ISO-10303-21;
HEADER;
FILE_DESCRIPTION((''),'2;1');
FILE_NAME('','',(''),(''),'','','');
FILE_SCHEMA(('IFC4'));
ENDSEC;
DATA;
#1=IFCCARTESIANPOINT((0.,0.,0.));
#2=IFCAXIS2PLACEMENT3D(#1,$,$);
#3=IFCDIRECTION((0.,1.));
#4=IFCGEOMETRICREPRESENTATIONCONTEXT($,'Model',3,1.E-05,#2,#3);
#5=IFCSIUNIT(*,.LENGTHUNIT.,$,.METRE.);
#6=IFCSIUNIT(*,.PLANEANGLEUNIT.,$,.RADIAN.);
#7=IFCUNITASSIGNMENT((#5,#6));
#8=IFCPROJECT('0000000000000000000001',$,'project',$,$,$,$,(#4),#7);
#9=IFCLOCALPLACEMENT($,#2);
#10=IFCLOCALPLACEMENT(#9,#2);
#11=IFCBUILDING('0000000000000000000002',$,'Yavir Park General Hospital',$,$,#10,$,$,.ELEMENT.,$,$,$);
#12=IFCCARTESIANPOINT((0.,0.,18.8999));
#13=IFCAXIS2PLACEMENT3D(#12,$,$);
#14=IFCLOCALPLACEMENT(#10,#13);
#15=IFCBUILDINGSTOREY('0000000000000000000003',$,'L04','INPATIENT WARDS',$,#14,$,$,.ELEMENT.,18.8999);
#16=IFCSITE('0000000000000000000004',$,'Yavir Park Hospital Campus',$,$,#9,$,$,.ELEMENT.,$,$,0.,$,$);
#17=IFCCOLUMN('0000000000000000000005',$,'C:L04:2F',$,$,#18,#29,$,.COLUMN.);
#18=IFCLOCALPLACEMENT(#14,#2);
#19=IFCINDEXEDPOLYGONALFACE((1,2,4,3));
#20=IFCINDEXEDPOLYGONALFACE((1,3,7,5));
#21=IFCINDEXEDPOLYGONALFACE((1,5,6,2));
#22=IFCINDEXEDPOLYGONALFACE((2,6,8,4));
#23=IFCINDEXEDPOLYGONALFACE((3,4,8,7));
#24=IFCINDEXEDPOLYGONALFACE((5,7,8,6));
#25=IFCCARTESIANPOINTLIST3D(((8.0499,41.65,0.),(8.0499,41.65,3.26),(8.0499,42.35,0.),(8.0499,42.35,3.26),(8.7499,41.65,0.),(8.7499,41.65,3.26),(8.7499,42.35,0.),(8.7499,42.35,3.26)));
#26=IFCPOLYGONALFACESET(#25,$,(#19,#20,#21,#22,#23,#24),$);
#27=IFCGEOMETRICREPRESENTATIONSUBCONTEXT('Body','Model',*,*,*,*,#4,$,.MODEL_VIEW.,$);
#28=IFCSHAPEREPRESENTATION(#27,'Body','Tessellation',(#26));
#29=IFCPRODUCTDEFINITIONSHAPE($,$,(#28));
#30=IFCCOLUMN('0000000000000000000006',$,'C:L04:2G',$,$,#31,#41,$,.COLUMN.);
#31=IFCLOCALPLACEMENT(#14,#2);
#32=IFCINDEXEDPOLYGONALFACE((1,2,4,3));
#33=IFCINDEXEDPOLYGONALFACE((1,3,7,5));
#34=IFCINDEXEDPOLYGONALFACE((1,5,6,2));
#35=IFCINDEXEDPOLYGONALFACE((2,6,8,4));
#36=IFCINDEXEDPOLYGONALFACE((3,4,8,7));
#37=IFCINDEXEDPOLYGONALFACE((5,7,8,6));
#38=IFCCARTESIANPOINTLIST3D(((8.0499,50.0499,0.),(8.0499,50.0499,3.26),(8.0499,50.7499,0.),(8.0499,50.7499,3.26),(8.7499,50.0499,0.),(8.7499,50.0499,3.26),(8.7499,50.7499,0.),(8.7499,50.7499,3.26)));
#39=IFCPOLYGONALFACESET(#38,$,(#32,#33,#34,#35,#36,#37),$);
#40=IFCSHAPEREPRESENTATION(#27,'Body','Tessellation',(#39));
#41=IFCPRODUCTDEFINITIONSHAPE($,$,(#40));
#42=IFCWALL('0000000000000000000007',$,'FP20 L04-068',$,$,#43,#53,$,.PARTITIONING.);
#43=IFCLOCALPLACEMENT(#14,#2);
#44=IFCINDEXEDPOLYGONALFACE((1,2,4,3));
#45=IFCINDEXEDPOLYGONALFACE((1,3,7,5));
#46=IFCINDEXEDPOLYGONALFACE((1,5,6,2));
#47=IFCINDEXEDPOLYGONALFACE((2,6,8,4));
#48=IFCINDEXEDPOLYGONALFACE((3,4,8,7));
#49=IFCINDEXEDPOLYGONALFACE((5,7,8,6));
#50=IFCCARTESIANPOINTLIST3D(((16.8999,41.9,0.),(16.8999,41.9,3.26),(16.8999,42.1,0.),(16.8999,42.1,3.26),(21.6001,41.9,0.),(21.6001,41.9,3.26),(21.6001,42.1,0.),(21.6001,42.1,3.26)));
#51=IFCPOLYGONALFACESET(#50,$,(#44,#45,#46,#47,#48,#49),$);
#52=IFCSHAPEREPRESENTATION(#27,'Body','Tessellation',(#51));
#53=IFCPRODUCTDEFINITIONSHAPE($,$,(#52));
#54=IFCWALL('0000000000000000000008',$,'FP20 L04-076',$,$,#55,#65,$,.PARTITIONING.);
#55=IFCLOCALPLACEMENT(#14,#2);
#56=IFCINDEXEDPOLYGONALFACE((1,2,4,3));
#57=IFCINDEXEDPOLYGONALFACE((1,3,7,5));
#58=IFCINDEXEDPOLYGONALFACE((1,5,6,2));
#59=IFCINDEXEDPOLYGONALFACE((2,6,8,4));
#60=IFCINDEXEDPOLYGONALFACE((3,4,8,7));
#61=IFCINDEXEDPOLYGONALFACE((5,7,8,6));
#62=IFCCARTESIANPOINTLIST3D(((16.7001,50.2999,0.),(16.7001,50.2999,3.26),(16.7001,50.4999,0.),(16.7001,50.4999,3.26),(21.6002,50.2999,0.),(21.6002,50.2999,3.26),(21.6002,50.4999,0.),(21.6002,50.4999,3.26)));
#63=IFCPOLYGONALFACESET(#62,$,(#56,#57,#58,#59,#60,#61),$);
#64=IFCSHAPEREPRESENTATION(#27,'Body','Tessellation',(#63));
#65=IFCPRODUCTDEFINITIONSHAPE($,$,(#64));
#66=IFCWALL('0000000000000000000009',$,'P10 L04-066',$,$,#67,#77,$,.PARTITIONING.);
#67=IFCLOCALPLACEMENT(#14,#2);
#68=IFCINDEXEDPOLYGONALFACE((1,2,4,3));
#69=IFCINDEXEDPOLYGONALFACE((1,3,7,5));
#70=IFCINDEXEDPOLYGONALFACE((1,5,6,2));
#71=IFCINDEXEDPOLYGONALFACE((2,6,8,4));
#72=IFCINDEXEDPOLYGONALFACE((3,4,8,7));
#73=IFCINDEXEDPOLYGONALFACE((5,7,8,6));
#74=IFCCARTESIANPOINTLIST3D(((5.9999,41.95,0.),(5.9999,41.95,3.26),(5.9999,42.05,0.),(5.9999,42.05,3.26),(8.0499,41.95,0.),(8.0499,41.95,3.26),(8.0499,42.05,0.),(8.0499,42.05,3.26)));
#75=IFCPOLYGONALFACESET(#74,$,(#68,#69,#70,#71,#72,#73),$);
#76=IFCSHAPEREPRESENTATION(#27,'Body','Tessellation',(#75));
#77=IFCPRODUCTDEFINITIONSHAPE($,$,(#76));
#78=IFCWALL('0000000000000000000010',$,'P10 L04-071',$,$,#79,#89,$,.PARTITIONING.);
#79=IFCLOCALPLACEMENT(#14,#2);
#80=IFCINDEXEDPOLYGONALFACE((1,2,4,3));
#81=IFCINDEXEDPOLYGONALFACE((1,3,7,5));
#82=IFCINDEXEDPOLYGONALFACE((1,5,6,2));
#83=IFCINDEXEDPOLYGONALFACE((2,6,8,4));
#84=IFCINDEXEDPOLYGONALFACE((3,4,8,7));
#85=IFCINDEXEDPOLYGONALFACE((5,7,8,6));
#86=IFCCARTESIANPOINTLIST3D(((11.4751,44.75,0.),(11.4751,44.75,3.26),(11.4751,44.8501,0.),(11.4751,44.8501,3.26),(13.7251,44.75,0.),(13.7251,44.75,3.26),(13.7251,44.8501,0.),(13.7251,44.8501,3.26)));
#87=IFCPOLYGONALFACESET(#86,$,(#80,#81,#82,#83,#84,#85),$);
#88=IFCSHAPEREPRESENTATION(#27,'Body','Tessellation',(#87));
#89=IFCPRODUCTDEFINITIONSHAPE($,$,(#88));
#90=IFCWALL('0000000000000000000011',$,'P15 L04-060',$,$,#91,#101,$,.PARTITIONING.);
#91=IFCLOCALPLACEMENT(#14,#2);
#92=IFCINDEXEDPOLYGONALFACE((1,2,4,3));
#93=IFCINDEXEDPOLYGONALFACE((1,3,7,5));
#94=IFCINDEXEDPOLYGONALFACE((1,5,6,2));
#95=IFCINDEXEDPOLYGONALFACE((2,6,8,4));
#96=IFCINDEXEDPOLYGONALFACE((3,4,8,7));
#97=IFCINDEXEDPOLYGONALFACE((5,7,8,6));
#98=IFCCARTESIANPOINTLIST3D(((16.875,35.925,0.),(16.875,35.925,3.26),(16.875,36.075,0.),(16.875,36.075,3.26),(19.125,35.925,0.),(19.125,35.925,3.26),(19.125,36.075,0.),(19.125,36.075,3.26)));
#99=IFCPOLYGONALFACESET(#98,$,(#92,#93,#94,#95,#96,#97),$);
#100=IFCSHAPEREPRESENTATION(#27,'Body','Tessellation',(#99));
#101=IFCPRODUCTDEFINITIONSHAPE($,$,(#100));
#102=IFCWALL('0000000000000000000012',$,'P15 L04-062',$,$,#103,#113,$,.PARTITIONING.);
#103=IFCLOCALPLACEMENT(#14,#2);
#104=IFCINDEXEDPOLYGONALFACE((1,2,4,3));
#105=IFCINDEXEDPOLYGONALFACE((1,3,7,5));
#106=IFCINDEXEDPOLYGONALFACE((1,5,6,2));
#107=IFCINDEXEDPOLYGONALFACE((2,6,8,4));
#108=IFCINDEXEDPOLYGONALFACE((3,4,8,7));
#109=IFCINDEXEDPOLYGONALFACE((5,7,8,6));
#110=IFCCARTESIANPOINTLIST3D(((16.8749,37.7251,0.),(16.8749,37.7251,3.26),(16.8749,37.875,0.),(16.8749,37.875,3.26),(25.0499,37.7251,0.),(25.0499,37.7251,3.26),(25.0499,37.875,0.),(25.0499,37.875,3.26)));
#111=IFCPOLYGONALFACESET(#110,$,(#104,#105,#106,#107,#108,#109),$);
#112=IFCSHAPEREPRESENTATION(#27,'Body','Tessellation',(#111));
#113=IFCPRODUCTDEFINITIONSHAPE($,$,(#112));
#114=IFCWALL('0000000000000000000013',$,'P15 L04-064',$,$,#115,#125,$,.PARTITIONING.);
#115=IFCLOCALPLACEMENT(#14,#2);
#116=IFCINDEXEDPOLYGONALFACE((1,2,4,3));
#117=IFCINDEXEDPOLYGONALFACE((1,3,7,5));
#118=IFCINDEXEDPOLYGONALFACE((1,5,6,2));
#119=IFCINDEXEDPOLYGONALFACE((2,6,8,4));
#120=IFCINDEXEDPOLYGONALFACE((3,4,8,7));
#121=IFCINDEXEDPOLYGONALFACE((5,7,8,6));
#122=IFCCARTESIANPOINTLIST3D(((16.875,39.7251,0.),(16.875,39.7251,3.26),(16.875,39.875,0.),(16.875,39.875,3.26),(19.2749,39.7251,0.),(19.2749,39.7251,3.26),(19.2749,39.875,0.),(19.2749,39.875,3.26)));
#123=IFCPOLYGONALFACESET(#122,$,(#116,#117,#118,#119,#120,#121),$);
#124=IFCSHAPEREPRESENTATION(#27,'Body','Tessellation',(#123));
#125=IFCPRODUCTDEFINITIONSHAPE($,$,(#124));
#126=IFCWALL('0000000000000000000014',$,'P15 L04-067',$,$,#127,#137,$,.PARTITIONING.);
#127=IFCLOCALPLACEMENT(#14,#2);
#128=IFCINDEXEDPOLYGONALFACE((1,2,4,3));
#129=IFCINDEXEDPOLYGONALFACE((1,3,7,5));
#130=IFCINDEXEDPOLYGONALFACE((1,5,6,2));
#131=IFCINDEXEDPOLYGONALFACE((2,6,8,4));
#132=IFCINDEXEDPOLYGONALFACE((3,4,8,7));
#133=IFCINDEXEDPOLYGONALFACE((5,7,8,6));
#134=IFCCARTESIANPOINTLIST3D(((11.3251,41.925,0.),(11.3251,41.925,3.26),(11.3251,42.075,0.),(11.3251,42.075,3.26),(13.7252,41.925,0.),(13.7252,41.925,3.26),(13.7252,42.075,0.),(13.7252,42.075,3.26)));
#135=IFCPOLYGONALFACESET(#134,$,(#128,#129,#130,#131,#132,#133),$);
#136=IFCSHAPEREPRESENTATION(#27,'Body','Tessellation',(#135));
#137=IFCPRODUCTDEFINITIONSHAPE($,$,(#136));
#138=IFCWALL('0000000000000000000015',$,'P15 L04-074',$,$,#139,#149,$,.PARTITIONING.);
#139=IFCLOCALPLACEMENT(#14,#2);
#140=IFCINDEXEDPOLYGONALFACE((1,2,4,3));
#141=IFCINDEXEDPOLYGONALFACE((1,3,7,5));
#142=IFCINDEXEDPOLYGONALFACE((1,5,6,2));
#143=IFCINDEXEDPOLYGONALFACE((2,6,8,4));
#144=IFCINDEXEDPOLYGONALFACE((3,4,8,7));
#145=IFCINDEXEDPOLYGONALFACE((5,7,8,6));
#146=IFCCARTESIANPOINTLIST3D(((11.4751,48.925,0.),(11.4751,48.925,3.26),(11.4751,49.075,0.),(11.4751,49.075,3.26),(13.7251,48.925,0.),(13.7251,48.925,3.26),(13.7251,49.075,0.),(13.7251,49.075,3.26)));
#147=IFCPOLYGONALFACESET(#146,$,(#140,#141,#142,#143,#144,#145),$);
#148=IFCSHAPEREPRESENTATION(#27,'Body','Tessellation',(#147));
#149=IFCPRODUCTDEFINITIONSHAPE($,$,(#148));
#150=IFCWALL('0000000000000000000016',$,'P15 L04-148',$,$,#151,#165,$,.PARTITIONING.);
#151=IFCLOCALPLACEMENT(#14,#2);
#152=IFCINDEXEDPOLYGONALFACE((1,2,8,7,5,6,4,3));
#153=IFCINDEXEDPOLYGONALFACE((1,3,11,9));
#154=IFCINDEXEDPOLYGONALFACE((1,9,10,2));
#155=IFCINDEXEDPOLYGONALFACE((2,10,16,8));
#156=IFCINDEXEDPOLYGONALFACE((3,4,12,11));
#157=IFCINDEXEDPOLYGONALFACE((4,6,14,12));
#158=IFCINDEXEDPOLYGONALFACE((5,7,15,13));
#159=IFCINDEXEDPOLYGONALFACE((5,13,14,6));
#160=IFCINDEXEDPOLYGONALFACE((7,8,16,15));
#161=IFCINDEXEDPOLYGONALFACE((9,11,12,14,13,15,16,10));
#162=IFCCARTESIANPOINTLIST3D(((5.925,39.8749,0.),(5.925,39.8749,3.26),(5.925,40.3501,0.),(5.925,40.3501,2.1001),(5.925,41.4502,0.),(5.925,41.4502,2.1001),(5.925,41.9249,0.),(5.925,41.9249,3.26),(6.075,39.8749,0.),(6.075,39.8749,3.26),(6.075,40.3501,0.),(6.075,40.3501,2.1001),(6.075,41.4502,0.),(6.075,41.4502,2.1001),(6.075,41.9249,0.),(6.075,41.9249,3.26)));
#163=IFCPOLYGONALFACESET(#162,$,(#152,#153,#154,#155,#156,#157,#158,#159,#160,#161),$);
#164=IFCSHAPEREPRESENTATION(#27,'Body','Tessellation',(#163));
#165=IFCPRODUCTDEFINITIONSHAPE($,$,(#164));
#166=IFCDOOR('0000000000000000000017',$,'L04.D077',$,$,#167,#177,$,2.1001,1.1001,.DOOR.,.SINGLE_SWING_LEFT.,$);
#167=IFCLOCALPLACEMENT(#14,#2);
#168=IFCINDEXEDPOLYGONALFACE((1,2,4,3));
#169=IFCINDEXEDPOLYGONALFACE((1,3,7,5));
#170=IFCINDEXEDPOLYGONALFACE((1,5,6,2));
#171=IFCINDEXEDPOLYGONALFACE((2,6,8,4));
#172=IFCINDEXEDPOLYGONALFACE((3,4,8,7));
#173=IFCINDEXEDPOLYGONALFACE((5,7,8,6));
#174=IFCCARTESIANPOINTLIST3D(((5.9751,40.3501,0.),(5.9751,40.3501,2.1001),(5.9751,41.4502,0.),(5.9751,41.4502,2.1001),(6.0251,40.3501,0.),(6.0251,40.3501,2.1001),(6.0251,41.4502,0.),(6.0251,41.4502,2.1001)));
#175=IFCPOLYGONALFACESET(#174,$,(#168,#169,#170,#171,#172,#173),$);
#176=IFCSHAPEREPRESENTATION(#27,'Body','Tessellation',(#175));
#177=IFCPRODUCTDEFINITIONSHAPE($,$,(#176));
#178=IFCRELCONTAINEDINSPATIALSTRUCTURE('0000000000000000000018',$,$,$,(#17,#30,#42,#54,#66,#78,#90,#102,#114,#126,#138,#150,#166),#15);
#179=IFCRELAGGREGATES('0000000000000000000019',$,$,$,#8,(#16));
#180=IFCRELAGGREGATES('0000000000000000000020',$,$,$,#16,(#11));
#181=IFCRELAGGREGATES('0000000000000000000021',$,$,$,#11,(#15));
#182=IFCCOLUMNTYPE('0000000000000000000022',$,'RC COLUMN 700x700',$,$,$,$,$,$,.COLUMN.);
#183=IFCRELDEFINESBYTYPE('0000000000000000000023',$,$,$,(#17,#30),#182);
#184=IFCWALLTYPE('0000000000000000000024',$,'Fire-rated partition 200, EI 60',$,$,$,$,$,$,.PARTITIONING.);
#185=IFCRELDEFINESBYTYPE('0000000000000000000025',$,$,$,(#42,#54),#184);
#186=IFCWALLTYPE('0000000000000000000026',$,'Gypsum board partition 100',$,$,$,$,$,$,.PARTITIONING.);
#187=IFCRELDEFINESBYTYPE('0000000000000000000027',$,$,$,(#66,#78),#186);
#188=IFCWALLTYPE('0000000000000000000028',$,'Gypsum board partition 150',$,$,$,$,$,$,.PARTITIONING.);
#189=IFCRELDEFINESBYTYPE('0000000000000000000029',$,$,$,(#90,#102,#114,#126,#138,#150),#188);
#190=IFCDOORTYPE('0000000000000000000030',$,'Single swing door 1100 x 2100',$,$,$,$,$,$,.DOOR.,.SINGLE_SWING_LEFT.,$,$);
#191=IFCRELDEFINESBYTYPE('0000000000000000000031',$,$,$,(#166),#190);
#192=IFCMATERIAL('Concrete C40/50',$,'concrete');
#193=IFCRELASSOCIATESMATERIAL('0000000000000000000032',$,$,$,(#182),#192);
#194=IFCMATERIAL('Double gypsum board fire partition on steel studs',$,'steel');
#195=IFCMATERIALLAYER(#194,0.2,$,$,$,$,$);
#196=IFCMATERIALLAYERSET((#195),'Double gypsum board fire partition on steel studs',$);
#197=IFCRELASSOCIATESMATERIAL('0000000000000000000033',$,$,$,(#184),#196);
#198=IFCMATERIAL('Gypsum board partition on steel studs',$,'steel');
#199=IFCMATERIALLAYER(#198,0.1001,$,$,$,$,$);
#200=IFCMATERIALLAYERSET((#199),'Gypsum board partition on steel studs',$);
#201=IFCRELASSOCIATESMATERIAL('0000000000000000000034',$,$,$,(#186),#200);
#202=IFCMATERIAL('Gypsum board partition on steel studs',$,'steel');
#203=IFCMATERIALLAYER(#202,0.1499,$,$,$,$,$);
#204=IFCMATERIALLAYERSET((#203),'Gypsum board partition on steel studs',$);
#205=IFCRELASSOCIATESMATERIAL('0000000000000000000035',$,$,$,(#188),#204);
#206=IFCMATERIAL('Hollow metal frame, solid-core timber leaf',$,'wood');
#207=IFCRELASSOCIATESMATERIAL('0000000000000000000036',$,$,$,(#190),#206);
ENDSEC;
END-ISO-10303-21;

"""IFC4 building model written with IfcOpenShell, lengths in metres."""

from ifc_helpers import new_model, si_unit, direction, frame, frame_2d, origin, origin_2d, place, context, subcontext, project, spatial, rectangle, extrude, material, layer, layer_set, material_profile, profile_set, type_object, element, fill, save


model = new_model("IFC4")

# Units and contexts
model_context = context("Model", 3, precision=1e-05, world=origin(), true_north=direction((0.0, 1.0)))
body_context = subcontext(model_context, "Body", "Model", "MODEL_VIEW")
ifc_project = project(units=[si_unit("LENGTHUNIT", "METRE"), si_unit("PLANEANGLEUNIT", "RADIAN")], contexts=[model_context])

# Site, building, storey
site_placement = place(None, origin())
site = spatial("IfcSite", under=ifc_project, at=site_placement, Name="Yavir Park Hospital Campus", CompositionType="ELEMENT", RefElevation=0.0)
building_placement = place(site_placement, origin())
building = spatial("IfcBuilding", under=site, at=building_placement, Name="Yavir Park General Hospital", CompositionType="ELEMENT")
storey_placement = place(building_placement, frame((0.0, 0.0, 18.8999)))
storey = spatial("IfcBuildingStorey", under=building, at=storey_placement, Name="L04", Description="INPATIENT WARDS", CompositionType="ELEMENT", Elevation=18.8999)

# Columns
ifc_material_1 = material(Name="Concrete C40/50", Category="concrete")
ifc_material_profile = material_profile(ifc_material_1, rectangle(XDim=0.7, YDim=0.7, at=origin_2d()), Name="RC700x700")
ifc_profile_set = profile_set([ifc_material_profile], Name="Concrete C40/50")
column_type = type_object("IfcColumnType", Name="RC COLUMN 700x700", PredefinedType="COLUMN", material=ifc_profile_set)
for number, where, z_axis, x_axis, name in (
    (1, (8.3999, 42.0, 0.0), (0.0, 0.0, 1.0), (1.0, 0.0, 0.0), "C:L04:2F"),
    (2, (8.3999, 50.3999, 0.0), (0.0, 0.0, 1.0), (1.0, 0.0, 0.0), "C:L04:2G"),
):
    element("IfcColumn", number, at=place(storey_placement, frame(where, z_axis=z_axis, x_axis=x_axis)), inside=storey, type_object=column_type, Name=name, PredefinedType="COLUMN", context=body_context, shape_type="SweptSolid", body=[
        extrude(rectangle(XDim=0.7, YDim=0.7, at=origin_2d()), origin(), (0.0, 0.0, 1.0), 3.26),
    ])

# Walls
ifc_material_2 = material(Name="Double gypsum board fire partition on steel studs", Category="steel")
ifc_layer_1 = layer(ifc_material_2, 0.2)
ifc_layer_set_1 = layer_set([ifc_layer_1], Name="Double gypsum board fire partition on steel studs")
wall_type_1 = type_object("IfcWallType", Name="Fire-rated partition 200, EI 60", PredefinedType="PARTITIONING", material=ifc_layer_set_1)
wall_1_placement = place(storey_placement, frame((16.8999, 42.0, 0.0), z_axis=(0.0, 0.0, 1.0), x_axis=(1.0, 0.0, 0.0)))
element("IfcWall", 3, at=wall_1_placement, inside=storey, type_object=wall_type_1, Name="FP20 L04-068", PredefinedType="PARTITIONING", context=body_context, shape_type="SweptSolid", body=[
    extrude(rectangle(XDim=4.7002, YDim=0.2, at=frame_2d((2.3501, 0.0))), origin(), (0.0, 0.0, 1.0), 3.26),
])
wall_2_placement = place(storey_placement, frame((16.7, 50.3999, 0.0), z_axis=(0.0, 0.0, 1.0), x_axis=(1.0, 0.0, 0.0)))
element("IfcWall", 4, at=wall_2_placement, inside=storey, type_object=wall_type_1, Name="FP20 L04-076", PredefinedType="PARTITIONING", context=body_context, shape_type="SweptSolid", body=[
    extrude(rectangle(XDim=4.9001, YDim=0.2, at=frame_2d((2.4502, 0.0))), origin(), (0.0, 0.0, 1.0), 3.26),
])

# Walls
ifc_material_3 = material(Name="Gypsum board partition on steel studs", Category="steel")
ifc_layer_2 = layer(ifc_material_3, 0.1001)
ifc_layer_set_2 = layer_set([ifc_layer_2], Name="Gypsum board partition on steel studs")
wall_type_2 = type_object("IfcWallType", Name="Gypsum board partition 100", PredefinedType="PARTITIONING", material=ifc_layer_set_2)
wall_3_placement = place(storey_placement, frame((6.0, 42.0, 0.0), z_axis=(0.0, 0.0, 1.0), x_axis=(1.0, 0.0, 0.0)))
element("IfcWall", 5, at=wall_3_placement, inside=storey, type_object=wall_type_2, Name="P10 L04-066", PredefinedType="PARTITIONING", context=body_context, shape_type="SweptSolid", body=[
    extrude(rectangle(XDim=2.05, YDim=0.1001, at=frame_2d((1.0249, 0.0))), origin(), (0.0, 0.0, 1.0), 3.26),
])
wall_4_placement = place(storey_placement, frame((11.4751, 44.8, 0.0), z_axis=(0.0, 0.0, 1.0), x_axis=(1.0, 0.0, 0.0)))
element("IfcWall", 6, at=wall_4_placement, inside=storey, type_object=wall_type_2, Name="P10 L04-071", PredefinedType="PARTITIONING", context=body_context, shape_type="SweptSolid", body=[
    extrude(rectangle(XDim=2.25, YDim=0.1001, at=frame_2d((1.125, 0.0))), origin(), (0.0, 0.0, 1.0), 3.26),
])
ifc_material_4 = material(Name="Gypsum board partition on steel studs", Category="steel")
ifc_layer_3 = layer(ifc_material_4, 0.1499)
ifc_layer_set_3 = layer_set([ifc_layer_3], Name="Gypsum board partition on steel studs")
wall_type_3 = type_object("IfcWallType", Name="Gypsum board partition 150", PredefinedType="PARTITIONING", material=ifc_layer_set_3)
wall_5_placement = place(storey_placement, frame((16.875, 36.0, 0.0), z_axis=(0.0, 0.0, 1.0), x_axis=(1.0, 0.0, 0.0)))
element("IfcWall", 7, at=wall_5_placement, inside=storey, type_object=wall_type_3, Name="P15 L04-060", PredefinedType="PARTITIONING", context=body_context, shape_type="SweptSolid", body=[
    extrude(rectangle(XDim=2.25, YDim=0.1499, at=frame_2d((1.125, 0.0))), origin(), (0.0, 0.0, 1.0), 3.26),
])
wall_6_placement = place(storey_placement, frame((16.875, 37.8, 0.0), z_axis=(0.0, 0.0, 1.0), x_axis=(1.0, 0.0, 0.0)))
element("IfcWall", 8, at=wall_6_placement, inside=storey, type_object=wall_type_3, Name="P15 L04-062", PredefinedType="PARTITIONING", context=body_context, shape_type="SweptSolid", body=[
    extrude(rectangle(XDim=8.175, YDim=0.1499, at=frame_2d((4.0874, 0.0))), origin(), (0.0, 0.0, 1.0), 3.26),
])
wall_7_placement = place(storey_placement, frame((16.875, 39.8, 0.0), z_axis=(0.0, 0.0, 1.0), x_axis=(1.0, 0.0, 0.0)))
element("IfcWall", 9, at=wall_7_placement, inside=storey, type_object=wall_type_3, Name="P15 L04-064", PredefinedType="PARTITIONING", context=body_context, shape_type="SweptSolid", body=[
    extrude(rectangle(XDim=2.3999, YDim=0.1499, at=frame_2d((1.2, 0.0))), origin(), (0.0, 0.0, 1.0), 3.26),
])
wall_8_placement = place(storey_placement, frame((11.325, 42.0, 0.0), z_axis=(0.0, 0.0, 1.0), x_axis=(1.0, 0.0, 0.0)))
element("IfcWall", 10, at=wall_8_placement, inside=storey, type_object=wall_type_3, Name="P15 L04-067", PredefinedType="PARTITIONING", context=body_context, shape_type="SweptSolid", body=[
    extrude(rectangle(XDim=2.4001, YDim=0.1499, at=frame_2d((1.2002, 0.0))), origin(), (0.0, 0.0, 1.0), 3.26),
])
wall_9_placement = place(storey_placement, frame((11.4751, 49.0, 0.0), z_axis=(0.0, 0.0, 1.0), x_axis=(1.0, 0.0, 0.0)))
element("IfcWall", 11, at=wall_9_placement, inside=storey, type_object=wall_type_3, Name="P15 L04-074", PredefinedType="PARTITIONING", context=body_context, shape_type="SweptSolid", body=[
    extrude(rectangle(XDim=2.25, YDim=0.1499, at=frame_2d((1.125, 0.0))), origin(), (0.0, 0.0, 1.0), 3.26),
])

# Wall, opening, door
wall_10_placement = place(storey_placement, frame((6.0, 39.875, 0.0), z_axis=(0.0, 0.0, 1.0), x_axis=(0.0, 1.0, 0.0)))
wall_10 = element("IfcWall", 12, at=wall_10_placement, inside=storey, type_object=wall_type_3, Name="P15 L04-148", PredefinedType="PARTITIONING", context=body_context, shape_type="SweptSolid", body=[
    extrude(rectangle(XDim=2.05, YDim=0.1499, at=frame_2d((1.0249, 0.0))), origin(), (0.0, 0.0, 1.0), 3.26),
])
opening_1_placement = place(wall_10_placement, frame((0.4751, 0.0, 0.0)))
opening_1 = element("IfcOpeningElement", 13, at=opening_1_placement, cuts=wall_10, PredefinedType="OPENING", context=body_context, shape_type="SweptSolid", body=[
    extrude(rectangle(XDim=1.1001, YDim=2.1001, at=frame_2d((0.55, 1.05))), frame((0.0, 0.085, 0.0), z_axis=(0.0, -1.0, 0.0), x_axis=(1.0, 0.0, 0.0)), (0.0, 0.0, 1.0), 0.1699),
])
ifc_material_5 = material(Name="Hollow metal frame, solid-core timber leaf", Category="wood")
door_type_1 = type_object("IfcDoorType", Name="Single swing door 1100 x 2100", OperationType="SINGLE_SWING_LEFT", PredefinedType="DOOR", material=ifc_material_5)
door_1_placement = place(opening_1_placement, origin())
door_1 = element("IfcDoor", 14, at=door_1_placement, inside=storey, type_object=door_type_1, Name="L04.D077", OperationType="SINGLE_SWING_LEFT", OverallHeight=2.1001, OverallWidth=1.1001, PredefinedType="DOOR", context=body_context, shape_type="SweptSolid", body=[
    extrude(rectangle(XDim=1.1001, YDim=2.1001, at=frame_2d((0.55, 1.05))), frame((0.0, 0.0249, 0.0), z_axis=(0.0, -1.0, 0.0), x_axis=(1.0, 0.0, 0.0)), (0.0, 0.0, 1.0), 0.05),
])
fill(opening_1, door_1)

save(model, "model.ifc")
